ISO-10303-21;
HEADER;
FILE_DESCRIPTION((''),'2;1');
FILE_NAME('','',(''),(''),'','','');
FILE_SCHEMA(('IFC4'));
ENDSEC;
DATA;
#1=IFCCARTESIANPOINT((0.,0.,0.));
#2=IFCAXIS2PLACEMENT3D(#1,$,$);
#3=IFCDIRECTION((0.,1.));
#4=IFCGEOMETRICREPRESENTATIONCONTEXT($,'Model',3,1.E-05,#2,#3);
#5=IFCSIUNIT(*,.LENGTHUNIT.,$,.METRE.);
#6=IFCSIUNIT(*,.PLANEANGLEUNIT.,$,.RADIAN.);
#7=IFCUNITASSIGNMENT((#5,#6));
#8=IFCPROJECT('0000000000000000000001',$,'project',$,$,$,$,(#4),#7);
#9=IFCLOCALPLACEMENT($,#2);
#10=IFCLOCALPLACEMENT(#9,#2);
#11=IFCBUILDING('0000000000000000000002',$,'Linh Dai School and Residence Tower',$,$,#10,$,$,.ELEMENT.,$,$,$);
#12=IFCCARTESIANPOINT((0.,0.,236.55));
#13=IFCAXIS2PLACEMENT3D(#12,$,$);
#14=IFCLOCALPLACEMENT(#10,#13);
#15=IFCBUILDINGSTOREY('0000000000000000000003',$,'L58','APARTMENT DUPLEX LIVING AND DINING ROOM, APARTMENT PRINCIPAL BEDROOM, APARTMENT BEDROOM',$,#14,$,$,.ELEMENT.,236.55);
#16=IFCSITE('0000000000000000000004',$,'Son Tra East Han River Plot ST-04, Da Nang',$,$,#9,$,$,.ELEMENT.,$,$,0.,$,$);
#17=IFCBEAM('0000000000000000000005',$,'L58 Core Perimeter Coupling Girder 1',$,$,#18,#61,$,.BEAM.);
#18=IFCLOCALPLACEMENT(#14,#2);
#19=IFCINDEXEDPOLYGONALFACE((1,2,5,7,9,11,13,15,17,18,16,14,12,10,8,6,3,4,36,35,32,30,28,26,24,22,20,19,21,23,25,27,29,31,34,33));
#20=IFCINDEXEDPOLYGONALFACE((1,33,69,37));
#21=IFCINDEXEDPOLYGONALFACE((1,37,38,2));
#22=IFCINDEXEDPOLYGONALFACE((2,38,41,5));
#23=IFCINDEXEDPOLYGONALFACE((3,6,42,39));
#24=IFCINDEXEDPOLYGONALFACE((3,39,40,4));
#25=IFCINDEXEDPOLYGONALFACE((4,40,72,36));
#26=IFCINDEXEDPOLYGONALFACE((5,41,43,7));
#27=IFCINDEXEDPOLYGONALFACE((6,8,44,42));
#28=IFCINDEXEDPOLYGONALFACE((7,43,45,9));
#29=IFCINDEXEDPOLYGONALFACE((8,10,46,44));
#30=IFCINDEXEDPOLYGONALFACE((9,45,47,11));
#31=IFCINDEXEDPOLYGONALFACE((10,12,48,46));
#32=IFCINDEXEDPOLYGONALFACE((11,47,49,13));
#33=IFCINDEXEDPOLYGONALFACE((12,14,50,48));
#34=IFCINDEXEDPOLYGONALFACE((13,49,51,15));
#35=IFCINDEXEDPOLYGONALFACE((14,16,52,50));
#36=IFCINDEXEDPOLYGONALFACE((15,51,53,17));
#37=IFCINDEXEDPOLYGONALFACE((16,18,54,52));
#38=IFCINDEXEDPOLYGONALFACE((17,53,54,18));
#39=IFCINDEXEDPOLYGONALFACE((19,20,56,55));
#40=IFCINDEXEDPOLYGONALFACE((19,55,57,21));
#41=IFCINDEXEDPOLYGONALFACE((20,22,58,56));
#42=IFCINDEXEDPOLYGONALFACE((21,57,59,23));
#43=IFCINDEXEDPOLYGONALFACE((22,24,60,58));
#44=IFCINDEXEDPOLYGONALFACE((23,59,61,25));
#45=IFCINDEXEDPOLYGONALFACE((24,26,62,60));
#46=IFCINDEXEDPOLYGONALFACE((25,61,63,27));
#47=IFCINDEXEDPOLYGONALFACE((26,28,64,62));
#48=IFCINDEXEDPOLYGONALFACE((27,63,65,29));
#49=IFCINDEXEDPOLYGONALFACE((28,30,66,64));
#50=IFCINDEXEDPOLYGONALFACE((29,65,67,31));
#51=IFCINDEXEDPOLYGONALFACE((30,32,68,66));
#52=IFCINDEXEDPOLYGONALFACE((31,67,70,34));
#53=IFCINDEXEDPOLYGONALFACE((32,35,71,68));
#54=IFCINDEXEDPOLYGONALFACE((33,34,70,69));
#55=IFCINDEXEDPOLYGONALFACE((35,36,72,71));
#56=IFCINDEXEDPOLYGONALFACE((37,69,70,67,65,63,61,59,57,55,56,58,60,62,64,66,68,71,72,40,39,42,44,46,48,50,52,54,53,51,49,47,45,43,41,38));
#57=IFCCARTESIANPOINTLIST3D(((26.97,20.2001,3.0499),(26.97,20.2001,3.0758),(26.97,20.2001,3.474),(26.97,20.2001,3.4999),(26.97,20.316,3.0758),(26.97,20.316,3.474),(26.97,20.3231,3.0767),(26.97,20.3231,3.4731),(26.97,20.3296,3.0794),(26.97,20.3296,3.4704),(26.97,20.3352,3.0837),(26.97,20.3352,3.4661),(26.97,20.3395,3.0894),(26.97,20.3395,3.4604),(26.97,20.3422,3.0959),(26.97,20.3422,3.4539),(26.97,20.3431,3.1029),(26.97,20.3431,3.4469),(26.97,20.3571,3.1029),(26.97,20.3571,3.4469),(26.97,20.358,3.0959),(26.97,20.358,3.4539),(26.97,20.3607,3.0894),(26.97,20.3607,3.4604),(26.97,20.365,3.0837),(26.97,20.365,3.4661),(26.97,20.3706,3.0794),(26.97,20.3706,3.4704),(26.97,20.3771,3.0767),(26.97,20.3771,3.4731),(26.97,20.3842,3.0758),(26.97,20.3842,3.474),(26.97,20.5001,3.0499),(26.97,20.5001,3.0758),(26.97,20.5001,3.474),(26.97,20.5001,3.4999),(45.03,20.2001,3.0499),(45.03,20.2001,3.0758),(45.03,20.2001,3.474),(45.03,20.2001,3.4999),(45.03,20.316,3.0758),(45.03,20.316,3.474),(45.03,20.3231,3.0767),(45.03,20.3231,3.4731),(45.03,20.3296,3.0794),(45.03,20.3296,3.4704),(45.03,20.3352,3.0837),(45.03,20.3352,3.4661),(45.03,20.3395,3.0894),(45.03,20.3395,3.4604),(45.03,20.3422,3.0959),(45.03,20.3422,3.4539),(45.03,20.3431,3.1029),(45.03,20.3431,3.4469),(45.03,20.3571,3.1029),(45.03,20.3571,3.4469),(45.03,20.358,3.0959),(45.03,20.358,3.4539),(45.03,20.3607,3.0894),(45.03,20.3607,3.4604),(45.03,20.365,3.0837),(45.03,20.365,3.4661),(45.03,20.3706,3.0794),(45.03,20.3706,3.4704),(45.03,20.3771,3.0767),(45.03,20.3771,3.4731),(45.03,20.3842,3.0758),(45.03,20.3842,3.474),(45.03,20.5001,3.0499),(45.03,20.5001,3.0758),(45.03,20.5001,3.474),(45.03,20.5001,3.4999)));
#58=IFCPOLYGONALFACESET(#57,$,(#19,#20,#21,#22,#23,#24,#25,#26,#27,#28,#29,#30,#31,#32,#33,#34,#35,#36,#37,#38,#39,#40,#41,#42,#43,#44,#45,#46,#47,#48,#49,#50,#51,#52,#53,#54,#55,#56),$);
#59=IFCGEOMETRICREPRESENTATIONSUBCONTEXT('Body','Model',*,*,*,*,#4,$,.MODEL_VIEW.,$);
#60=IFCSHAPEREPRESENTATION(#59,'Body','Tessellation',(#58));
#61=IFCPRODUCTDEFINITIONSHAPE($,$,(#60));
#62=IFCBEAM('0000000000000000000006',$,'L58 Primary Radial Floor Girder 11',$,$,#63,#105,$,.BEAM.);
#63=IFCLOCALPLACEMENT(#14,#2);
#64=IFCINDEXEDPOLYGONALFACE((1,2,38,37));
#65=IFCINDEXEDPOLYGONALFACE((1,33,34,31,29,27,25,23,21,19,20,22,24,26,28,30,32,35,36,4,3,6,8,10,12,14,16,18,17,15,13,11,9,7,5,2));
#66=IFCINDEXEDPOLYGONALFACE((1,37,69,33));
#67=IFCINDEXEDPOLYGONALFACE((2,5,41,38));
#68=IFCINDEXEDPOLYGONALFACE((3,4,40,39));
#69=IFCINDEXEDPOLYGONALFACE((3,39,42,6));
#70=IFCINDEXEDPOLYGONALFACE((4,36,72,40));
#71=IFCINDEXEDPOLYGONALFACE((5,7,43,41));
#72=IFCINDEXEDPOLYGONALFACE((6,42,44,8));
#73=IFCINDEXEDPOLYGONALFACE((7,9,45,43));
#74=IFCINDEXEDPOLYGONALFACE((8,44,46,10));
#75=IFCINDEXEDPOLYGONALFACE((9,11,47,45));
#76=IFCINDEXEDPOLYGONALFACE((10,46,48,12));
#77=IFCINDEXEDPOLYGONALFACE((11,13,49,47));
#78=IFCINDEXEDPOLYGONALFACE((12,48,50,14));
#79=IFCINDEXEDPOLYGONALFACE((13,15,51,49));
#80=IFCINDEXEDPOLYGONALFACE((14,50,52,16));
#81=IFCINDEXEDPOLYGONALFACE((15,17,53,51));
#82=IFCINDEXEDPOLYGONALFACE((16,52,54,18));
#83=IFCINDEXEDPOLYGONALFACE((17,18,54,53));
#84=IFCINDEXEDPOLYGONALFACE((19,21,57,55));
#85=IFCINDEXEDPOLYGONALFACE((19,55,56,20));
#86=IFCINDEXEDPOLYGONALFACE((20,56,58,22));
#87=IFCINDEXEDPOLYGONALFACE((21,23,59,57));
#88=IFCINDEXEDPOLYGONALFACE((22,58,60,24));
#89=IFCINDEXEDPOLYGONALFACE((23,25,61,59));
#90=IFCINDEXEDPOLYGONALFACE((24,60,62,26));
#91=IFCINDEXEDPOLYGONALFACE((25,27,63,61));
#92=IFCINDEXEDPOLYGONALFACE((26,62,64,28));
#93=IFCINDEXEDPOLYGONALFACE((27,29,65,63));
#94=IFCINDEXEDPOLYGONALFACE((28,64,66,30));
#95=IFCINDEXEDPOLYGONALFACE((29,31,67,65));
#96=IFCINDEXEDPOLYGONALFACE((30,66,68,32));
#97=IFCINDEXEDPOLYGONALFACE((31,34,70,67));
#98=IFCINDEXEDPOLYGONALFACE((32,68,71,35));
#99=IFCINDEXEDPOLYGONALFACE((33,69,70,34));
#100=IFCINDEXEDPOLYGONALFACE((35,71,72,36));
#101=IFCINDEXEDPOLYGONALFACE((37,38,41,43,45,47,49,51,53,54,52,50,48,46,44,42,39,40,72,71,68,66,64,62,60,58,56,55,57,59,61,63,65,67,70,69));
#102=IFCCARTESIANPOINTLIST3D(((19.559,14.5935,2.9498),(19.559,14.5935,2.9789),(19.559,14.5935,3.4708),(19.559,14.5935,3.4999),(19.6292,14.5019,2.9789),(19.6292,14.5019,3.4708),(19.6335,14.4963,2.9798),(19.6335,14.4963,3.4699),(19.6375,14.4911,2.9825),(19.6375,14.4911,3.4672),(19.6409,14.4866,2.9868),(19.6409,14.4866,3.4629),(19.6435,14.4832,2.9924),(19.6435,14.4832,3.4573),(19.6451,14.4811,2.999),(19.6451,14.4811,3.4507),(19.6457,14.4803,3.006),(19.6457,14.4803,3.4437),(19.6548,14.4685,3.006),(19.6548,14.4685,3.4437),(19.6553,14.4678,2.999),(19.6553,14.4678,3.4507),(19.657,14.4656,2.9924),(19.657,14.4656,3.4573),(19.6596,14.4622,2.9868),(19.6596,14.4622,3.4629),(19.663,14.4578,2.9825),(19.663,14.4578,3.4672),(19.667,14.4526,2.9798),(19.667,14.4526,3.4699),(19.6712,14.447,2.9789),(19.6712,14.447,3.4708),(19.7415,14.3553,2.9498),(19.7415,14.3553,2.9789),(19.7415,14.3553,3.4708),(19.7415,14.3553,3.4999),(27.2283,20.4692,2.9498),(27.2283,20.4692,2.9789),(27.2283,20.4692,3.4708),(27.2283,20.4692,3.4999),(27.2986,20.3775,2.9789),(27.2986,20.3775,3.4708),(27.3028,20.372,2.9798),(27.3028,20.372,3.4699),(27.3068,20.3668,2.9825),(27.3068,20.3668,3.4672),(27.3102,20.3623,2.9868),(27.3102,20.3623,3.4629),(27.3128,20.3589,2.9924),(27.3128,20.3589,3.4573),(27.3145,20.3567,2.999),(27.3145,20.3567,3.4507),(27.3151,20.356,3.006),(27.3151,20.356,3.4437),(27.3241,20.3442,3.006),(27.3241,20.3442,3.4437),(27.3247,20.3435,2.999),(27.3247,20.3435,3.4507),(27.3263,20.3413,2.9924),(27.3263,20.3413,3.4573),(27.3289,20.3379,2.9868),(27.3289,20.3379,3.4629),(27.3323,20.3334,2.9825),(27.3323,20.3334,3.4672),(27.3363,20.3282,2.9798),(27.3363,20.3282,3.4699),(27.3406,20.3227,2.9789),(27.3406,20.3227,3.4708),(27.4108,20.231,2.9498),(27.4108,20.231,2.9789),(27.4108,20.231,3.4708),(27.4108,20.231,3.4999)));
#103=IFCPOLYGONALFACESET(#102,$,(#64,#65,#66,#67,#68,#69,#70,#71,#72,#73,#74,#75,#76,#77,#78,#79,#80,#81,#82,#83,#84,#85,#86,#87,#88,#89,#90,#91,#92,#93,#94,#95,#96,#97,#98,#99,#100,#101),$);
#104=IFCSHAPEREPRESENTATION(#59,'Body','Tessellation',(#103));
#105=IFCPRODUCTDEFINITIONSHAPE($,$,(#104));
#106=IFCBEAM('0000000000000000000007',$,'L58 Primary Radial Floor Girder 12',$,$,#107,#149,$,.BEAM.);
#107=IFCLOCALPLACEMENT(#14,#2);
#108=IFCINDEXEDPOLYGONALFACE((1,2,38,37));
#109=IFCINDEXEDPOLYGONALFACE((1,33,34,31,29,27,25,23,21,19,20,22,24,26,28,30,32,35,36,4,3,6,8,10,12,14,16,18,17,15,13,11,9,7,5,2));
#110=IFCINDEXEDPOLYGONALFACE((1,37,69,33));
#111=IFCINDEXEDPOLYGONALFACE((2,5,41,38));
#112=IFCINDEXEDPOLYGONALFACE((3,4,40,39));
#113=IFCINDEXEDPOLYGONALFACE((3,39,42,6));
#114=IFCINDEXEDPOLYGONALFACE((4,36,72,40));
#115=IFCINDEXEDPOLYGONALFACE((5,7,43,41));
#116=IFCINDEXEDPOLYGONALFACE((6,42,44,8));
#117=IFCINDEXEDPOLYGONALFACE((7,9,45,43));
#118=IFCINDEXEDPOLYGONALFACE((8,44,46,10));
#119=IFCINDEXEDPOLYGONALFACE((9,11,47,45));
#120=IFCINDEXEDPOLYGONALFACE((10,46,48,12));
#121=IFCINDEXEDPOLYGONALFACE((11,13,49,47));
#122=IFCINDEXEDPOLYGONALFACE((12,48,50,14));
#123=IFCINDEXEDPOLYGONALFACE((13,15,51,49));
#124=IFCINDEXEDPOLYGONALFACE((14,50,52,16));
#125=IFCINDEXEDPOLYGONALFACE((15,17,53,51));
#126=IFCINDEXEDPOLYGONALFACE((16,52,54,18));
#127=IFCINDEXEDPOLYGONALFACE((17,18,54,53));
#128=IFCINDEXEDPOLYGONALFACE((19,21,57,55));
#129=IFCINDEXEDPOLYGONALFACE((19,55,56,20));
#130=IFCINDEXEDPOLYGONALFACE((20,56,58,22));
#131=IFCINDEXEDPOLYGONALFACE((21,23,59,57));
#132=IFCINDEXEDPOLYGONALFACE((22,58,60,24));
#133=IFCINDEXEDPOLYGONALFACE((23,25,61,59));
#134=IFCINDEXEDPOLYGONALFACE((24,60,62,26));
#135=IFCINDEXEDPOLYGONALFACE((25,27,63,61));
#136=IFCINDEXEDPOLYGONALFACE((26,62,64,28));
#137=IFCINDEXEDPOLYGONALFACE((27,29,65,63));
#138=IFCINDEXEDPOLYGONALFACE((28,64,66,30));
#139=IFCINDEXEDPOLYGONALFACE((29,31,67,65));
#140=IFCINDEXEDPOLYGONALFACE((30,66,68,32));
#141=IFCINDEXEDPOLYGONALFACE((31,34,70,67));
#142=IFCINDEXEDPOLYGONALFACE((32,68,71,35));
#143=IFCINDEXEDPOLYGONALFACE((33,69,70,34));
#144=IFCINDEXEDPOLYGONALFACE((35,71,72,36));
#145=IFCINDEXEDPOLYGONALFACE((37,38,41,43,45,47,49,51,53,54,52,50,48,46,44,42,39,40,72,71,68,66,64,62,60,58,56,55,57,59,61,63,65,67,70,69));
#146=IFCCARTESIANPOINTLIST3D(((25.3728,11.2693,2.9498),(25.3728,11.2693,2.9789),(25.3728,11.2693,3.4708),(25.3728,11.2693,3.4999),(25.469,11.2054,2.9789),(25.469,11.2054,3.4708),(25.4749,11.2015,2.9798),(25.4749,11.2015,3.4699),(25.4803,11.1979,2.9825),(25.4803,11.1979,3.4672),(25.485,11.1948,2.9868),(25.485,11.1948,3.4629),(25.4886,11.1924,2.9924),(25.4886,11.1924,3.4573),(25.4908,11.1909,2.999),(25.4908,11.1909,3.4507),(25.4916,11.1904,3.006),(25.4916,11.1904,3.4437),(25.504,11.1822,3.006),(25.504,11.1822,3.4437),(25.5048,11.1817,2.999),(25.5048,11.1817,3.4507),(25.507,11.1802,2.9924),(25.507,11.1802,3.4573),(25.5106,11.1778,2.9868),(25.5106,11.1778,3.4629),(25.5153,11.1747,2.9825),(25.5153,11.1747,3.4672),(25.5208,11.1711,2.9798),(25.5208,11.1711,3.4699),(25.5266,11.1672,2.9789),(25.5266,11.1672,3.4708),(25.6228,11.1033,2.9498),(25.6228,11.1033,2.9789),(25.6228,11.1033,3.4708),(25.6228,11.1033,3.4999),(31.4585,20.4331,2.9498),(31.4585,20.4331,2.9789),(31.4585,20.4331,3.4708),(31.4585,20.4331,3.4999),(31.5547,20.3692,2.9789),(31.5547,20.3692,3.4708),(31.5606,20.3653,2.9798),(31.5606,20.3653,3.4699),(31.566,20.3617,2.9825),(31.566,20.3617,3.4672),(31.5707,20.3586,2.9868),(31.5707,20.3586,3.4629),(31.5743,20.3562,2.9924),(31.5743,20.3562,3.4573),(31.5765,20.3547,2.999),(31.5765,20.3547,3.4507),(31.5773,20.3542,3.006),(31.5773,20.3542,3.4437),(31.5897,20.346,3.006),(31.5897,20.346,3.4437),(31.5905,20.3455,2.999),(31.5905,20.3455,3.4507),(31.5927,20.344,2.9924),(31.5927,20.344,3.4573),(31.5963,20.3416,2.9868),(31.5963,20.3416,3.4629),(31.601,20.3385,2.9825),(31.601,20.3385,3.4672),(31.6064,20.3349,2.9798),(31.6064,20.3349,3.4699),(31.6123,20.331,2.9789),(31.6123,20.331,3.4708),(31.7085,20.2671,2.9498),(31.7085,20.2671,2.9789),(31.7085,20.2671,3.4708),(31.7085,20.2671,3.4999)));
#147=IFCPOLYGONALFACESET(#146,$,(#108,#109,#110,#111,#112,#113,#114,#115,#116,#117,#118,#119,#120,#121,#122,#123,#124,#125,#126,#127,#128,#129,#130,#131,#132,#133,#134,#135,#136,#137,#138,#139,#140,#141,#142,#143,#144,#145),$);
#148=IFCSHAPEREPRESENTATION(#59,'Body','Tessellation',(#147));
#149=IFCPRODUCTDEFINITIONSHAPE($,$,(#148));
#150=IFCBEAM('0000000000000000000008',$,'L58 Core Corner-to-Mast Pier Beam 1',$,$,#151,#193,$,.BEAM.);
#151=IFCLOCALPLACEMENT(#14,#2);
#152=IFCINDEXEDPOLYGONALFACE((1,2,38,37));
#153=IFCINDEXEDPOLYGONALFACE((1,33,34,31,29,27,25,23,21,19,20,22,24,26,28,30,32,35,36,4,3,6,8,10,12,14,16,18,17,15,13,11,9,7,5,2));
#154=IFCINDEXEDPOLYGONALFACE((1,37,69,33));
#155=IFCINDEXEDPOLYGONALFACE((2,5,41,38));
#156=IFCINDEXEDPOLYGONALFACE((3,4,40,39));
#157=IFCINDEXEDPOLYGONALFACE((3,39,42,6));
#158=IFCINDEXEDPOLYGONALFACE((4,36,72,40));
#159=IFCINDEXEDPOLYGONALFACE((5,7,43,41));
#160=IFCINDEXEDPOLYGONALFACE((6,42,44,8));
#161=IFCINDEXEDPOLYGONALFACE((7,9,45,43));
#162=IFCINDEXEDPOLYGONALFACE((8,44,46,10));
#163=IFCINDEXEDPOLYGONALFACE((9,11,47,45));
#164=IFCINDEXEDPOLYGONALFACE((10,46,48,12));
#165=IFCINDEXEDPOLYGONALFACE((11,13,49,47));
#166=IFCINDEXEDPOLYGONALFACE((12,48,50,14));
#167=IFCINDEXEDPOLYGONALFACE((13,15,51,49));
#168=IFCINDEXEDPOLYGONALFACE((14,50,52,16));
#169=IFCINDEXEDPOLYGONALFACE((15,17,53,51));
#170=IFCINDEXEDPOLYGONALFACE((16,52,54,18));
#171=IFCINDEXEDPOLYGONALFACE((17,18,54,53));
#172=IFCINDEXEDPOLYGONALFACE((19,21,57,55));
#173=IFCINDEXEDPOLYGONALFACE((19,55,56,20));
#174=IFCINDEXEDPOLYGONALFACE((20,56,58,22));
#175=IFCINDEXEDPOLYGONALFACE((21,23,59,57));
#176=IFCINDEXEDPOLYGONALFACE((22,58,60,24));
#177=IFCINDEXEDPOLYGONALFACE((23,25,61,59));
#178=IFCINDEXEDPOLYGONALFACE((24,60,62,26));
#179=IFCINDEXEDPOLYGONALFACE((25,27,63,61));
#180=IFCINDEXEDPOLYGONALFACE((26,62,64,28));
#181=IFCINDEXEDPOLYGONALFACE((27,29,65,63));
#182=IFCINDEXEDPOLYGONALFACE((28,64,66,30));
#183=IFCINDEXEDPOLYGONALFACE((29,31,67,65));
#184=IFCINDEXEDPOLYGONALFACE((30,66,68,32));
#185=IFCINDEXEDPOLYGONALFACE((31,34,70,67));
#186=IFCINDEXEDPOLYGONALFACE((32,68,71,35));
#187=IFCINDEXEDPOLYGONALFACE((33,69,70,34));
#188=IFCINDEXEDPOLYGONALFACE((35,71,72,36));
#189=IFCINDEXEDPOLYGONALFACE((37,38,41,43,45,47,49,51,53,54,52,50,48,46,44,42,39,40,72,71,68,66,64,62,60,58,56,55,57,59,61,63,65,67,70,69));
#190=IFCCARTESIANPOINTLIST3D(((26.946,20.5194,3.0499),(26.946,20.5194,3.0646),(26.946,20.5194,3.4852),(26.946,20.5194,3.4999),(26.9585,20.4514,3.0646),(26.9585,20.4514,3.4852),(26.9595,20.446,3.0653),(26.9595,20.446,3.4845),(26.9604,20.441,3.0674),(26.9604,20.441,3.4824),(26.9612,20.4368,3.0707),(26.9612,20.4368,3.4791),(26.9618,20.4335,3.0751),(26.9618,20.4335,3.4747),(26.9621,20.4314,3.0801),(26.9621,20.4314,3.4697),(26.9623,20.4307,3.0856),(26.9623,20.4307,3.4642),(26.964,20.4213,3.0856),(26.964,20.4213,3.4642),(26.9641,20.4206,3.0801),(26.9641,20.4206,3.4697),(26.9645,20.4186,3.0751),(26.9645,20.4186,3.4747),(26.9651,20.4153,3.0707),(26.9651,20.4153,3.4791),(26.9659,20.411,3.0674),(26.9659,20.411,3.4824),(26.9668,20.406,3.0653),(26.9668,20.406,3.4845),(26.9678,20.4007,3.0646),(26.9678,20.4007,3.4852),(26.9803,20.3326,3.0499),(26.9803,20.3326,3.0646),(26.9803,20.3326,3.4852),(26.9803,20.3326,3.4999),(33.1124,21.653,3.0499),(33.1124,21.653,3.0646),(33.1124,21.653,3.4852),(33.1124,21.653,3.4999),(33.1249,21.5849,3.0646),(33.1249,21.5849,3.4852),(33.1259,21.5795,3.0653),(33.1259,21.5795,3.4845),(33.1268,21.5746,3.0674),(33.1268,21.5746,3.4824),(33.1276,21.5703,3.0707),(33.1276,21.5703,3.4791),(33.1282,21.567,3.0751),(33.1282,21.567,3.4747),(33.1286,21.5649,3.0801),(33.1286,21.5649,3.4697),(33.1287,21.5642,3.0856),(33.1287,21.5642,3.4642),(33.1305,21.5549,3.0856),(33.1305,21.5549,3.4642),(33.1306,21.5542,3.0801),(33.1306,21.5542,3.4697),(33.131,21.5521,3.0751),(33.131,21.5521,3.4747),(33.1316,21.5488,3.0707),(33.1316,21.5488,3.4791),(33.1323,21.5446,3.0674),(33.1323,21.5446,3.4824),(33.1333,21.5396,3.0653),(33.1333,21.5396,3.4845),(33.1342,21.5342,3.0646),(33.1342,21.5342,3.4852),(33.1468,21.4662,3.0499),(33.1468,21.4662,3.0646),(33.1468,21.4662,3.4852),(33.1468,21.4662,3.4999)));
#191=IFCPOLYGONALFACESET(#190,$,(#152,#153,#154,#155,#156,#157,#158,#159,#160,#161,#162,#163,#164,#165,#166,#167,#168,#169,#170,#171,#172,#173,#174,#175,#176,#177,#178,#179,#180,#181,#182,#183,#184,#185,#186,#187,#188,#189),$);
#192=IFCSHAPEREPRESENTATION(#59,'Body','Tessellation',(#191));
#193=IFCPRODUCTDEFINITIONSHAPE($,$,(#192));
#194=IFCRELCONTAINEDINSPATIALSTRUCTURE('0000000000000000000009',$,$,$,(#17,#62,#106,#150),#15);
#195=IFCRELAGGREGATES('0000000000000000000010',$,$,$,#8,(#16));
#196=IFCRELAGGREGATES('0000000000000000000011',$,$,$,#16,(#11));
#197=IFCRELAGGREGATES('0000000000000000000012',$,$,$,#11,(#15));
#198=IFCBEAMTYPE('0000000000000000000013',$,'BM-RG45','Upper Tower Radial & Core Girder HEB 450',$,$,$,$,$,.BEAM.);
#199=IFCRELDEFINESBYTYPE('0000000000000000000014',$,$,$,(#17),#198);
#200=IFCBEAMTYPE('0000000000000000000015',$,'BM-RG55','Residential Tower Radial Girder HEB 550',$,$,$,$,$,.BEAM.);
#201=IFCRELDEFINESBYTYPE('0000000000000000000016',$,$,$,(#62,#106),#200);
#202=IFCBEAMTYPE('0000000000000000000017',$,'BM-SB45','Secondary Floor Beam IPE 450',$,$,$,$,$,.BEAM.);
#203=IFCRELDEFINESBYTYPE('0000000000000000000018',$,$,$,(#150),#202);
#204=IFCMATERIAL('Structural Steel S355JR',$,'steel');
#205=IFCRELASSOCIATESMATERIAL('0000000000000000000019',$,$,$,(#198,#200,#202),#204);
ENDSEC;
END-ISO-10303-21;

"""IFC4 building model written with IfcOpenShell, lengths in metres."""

from ifc_helpers import new_model, si_unit, direction, frame, origin, origin_2d, place, context, subcontext, project, spatial, i_section, extrude, material, material_profile, profile_set, type_object, element, save


model = new_model("IFC4")

# Units and contexts
model_context = context("Model", 3, precision=1e-05, world=origin(), true_north=direction((0.0, 1.0)))
body_context = subcontext(model_context, "Body", "Model", "MODEL_VIEW")
ifc_project = project(units=[si_unit("LENGTHUNIT", "METRE"), si_unit("PLANEANGLEUNIT", "RADIAN")], contexts=[model_context])

# Site, building, storey
site_placement = place(None, origin())
site = spatial("IfcSite", under=ifc_project, at=site_placement, Name="Son Tra East Han River Plot ST-04, Da Nang", CompositionType="ELEMENT", RefElevation=0.0)
building_placement = place(site_placement, origin())
building = spatial("IfcBuilding", under=site, at=building_placement, Name="Linh Dai School and Residence Tower", CompositionType="ELEMENT")
storey_placement = place(building_placement, frame((0.0, 0.0, 236.55)))
storey = spatial("IfcBuildingStorey", under=building, at=storey_placement, Name="L58", Description="APARTMENT DUPLEX LIVING AND DINING ROOM, APARTMENT PRINCIPAL BEDROOM, APARTMENT BEDROOM", CompositionType="ELEMENT", Elevation=236.55)

# Shared definitions
ifc_material_1 = material(Name="Structural Steel S355JR", Category="steel")

# Beams
ifc_material_profile_1 = material_profile(ifc_material_1, i_section(OverallWidth=0.3, OverallDepth=0.45, WebThickness=0.0139, FlangeThickness=0.0259, FilletRadius=0.0271, at=origin_2d()), Name="HEB 450")
ifc_profile_set_1 = profile_set([ifc_material_profile_1], Name="Structural Steel S355JR")
beam_type_1 = type_object("IfcBeamType", Name="BM-RG45", Description="Upper Tower Radial & Core Girder HEB 450", PredefinedType="BEAM", material=ifc_profile_set_1)
beam_1_placement = place(storey_placement, frame((26.97, 20.3501, 3.2749), z_axis=(1.0, 0.0, 0.0), x_axis=(0.0, 1.0, 0.0)))
element("IfcBeam", 1, at=beam_1_placement, inside=storey, type_object=beam_type_1, Name="L58 Core Perimeter Coupling Girder 1", PredefinedType="BEAM", context=body_context, shape_type="SweptSolid", body=[
    extrude(i_section(OverallWidth=0.3, OverallDepth=0.45, WebThickness=0.0139, FlangeThickness=0.0259, FilletRadius=0.0271, at=origin_2d()), origin(), (0.0, 0.0, 1.0), 18.0601),
])
ifc_material_profile_2 = material_profile(ifc_material_1, i_section(OverallWidth=0.3, OverallDepth=0.55, WebThickness=0.0149, FlangeThickness=0.0291, FilletRadius=0.0271, at=origin_2d()), Name="HEB 550")
ifc_profile_set_2 = profile_set([ifc_material_profile_2], Name="Structural Steel S355JR")
beam_type_2 = type_object("IfcBeamType", Name="BM-RG55", Description="Residential Tower Radial Girder HEB 550", PredefinedType="BEAM", material=ifc_profile_set_2)
beam_2_placement = place(storey_placement, frame((27.3196, 20.3501, 3.2249), z_axis=(-0.793815, -0.60816, 0.0), x_axis=(0.60816, -0.793815, 0.0)))
element("IfcBeam", 2, at=beam_2_placement, inside=storey, type_object=beam_type_2, Name="L58 Primary Radial Floor Girder 11", PredefinedType="BEAM", context=body_context, shape_type="SweptSolid", body=[
    extrude(i_section(OverallWidth=0.3, OverallDepth=0.55, WebThickness=0.0149, FlangeThickness=0.0291, FilletRadius=0.0271, at=origin_2d()), origin(), (0.0, 0.0, 1.0), 9.6614),
])
beam_3_placement = place(storey_placement, frame((31.5835, 20.3501, 3.2249), z_axis=(-0.553219, -0.833036, 0.0), x_axis=(0.833036, -0.553219, 0.0)))
element("IfcBeam", 3, at=beam_3_placement, inside=storey, type_object=beam_type_2, Name="L58 Primary Radial Floor Girder 12", PredefinedType="BEAM", context=body_context, shape_type="SweptSolid", body=[
    extrude(i_section(OverallWidth=0.3, OverallDepth=0.55, WebThickness=0.0149, FlangeThickness=0.0291, FilletRadius=0.0271, at=origin_2d()), origin(), (0.0, 0.0, 1.0), 11.0005),
])
ifc_material_profile_3 = material_profile(ifc_material_1, i_section(OverallWidth=0.1899, OverallDepth=0.45, WebThickness=0.0095, FlangeThickness=0.0146, FilletRadius=0.021, at=origin_2d()), Name="IPE 450")
ifc_profile_set_3 = profile_set([ifc_material_profile_3], Name="Structural Steel S355JR")
beam_type_3 = type_object("IfcBeamType", Name="BM-SB45", Description="Secondary Floor Beam IPE 450", PredefinedType="BEAM", material=ifc_profile_set_3)
beam_4_placement = place(storey_placement, frame((26.9631, 20.426, 3.2749), z_axis=(0.983521, 0.180794, 0.0), x_axis=(-0.180794, 0.983521, 0.0)))
element("IfcBeam", 4, at=beam_4_placement, inside=storey, type_object=beam_type_3, Name="L58 Core Corner-to-Mast Pier Beam 1", PredefinedType="BEAM", context=body_context, shape_type="SweptSolid", body=[
    extrude(i_section(OverallWidth=0.1899, OverallDepth=0.45, WebThickness=0.0095, FlangeThickness=0.0146, FilletRadius=0.021, at=origin_2d()), origin(), (0.0, 0.0, 1.0), 6.2698),
])

save(model, "model.ifc")
